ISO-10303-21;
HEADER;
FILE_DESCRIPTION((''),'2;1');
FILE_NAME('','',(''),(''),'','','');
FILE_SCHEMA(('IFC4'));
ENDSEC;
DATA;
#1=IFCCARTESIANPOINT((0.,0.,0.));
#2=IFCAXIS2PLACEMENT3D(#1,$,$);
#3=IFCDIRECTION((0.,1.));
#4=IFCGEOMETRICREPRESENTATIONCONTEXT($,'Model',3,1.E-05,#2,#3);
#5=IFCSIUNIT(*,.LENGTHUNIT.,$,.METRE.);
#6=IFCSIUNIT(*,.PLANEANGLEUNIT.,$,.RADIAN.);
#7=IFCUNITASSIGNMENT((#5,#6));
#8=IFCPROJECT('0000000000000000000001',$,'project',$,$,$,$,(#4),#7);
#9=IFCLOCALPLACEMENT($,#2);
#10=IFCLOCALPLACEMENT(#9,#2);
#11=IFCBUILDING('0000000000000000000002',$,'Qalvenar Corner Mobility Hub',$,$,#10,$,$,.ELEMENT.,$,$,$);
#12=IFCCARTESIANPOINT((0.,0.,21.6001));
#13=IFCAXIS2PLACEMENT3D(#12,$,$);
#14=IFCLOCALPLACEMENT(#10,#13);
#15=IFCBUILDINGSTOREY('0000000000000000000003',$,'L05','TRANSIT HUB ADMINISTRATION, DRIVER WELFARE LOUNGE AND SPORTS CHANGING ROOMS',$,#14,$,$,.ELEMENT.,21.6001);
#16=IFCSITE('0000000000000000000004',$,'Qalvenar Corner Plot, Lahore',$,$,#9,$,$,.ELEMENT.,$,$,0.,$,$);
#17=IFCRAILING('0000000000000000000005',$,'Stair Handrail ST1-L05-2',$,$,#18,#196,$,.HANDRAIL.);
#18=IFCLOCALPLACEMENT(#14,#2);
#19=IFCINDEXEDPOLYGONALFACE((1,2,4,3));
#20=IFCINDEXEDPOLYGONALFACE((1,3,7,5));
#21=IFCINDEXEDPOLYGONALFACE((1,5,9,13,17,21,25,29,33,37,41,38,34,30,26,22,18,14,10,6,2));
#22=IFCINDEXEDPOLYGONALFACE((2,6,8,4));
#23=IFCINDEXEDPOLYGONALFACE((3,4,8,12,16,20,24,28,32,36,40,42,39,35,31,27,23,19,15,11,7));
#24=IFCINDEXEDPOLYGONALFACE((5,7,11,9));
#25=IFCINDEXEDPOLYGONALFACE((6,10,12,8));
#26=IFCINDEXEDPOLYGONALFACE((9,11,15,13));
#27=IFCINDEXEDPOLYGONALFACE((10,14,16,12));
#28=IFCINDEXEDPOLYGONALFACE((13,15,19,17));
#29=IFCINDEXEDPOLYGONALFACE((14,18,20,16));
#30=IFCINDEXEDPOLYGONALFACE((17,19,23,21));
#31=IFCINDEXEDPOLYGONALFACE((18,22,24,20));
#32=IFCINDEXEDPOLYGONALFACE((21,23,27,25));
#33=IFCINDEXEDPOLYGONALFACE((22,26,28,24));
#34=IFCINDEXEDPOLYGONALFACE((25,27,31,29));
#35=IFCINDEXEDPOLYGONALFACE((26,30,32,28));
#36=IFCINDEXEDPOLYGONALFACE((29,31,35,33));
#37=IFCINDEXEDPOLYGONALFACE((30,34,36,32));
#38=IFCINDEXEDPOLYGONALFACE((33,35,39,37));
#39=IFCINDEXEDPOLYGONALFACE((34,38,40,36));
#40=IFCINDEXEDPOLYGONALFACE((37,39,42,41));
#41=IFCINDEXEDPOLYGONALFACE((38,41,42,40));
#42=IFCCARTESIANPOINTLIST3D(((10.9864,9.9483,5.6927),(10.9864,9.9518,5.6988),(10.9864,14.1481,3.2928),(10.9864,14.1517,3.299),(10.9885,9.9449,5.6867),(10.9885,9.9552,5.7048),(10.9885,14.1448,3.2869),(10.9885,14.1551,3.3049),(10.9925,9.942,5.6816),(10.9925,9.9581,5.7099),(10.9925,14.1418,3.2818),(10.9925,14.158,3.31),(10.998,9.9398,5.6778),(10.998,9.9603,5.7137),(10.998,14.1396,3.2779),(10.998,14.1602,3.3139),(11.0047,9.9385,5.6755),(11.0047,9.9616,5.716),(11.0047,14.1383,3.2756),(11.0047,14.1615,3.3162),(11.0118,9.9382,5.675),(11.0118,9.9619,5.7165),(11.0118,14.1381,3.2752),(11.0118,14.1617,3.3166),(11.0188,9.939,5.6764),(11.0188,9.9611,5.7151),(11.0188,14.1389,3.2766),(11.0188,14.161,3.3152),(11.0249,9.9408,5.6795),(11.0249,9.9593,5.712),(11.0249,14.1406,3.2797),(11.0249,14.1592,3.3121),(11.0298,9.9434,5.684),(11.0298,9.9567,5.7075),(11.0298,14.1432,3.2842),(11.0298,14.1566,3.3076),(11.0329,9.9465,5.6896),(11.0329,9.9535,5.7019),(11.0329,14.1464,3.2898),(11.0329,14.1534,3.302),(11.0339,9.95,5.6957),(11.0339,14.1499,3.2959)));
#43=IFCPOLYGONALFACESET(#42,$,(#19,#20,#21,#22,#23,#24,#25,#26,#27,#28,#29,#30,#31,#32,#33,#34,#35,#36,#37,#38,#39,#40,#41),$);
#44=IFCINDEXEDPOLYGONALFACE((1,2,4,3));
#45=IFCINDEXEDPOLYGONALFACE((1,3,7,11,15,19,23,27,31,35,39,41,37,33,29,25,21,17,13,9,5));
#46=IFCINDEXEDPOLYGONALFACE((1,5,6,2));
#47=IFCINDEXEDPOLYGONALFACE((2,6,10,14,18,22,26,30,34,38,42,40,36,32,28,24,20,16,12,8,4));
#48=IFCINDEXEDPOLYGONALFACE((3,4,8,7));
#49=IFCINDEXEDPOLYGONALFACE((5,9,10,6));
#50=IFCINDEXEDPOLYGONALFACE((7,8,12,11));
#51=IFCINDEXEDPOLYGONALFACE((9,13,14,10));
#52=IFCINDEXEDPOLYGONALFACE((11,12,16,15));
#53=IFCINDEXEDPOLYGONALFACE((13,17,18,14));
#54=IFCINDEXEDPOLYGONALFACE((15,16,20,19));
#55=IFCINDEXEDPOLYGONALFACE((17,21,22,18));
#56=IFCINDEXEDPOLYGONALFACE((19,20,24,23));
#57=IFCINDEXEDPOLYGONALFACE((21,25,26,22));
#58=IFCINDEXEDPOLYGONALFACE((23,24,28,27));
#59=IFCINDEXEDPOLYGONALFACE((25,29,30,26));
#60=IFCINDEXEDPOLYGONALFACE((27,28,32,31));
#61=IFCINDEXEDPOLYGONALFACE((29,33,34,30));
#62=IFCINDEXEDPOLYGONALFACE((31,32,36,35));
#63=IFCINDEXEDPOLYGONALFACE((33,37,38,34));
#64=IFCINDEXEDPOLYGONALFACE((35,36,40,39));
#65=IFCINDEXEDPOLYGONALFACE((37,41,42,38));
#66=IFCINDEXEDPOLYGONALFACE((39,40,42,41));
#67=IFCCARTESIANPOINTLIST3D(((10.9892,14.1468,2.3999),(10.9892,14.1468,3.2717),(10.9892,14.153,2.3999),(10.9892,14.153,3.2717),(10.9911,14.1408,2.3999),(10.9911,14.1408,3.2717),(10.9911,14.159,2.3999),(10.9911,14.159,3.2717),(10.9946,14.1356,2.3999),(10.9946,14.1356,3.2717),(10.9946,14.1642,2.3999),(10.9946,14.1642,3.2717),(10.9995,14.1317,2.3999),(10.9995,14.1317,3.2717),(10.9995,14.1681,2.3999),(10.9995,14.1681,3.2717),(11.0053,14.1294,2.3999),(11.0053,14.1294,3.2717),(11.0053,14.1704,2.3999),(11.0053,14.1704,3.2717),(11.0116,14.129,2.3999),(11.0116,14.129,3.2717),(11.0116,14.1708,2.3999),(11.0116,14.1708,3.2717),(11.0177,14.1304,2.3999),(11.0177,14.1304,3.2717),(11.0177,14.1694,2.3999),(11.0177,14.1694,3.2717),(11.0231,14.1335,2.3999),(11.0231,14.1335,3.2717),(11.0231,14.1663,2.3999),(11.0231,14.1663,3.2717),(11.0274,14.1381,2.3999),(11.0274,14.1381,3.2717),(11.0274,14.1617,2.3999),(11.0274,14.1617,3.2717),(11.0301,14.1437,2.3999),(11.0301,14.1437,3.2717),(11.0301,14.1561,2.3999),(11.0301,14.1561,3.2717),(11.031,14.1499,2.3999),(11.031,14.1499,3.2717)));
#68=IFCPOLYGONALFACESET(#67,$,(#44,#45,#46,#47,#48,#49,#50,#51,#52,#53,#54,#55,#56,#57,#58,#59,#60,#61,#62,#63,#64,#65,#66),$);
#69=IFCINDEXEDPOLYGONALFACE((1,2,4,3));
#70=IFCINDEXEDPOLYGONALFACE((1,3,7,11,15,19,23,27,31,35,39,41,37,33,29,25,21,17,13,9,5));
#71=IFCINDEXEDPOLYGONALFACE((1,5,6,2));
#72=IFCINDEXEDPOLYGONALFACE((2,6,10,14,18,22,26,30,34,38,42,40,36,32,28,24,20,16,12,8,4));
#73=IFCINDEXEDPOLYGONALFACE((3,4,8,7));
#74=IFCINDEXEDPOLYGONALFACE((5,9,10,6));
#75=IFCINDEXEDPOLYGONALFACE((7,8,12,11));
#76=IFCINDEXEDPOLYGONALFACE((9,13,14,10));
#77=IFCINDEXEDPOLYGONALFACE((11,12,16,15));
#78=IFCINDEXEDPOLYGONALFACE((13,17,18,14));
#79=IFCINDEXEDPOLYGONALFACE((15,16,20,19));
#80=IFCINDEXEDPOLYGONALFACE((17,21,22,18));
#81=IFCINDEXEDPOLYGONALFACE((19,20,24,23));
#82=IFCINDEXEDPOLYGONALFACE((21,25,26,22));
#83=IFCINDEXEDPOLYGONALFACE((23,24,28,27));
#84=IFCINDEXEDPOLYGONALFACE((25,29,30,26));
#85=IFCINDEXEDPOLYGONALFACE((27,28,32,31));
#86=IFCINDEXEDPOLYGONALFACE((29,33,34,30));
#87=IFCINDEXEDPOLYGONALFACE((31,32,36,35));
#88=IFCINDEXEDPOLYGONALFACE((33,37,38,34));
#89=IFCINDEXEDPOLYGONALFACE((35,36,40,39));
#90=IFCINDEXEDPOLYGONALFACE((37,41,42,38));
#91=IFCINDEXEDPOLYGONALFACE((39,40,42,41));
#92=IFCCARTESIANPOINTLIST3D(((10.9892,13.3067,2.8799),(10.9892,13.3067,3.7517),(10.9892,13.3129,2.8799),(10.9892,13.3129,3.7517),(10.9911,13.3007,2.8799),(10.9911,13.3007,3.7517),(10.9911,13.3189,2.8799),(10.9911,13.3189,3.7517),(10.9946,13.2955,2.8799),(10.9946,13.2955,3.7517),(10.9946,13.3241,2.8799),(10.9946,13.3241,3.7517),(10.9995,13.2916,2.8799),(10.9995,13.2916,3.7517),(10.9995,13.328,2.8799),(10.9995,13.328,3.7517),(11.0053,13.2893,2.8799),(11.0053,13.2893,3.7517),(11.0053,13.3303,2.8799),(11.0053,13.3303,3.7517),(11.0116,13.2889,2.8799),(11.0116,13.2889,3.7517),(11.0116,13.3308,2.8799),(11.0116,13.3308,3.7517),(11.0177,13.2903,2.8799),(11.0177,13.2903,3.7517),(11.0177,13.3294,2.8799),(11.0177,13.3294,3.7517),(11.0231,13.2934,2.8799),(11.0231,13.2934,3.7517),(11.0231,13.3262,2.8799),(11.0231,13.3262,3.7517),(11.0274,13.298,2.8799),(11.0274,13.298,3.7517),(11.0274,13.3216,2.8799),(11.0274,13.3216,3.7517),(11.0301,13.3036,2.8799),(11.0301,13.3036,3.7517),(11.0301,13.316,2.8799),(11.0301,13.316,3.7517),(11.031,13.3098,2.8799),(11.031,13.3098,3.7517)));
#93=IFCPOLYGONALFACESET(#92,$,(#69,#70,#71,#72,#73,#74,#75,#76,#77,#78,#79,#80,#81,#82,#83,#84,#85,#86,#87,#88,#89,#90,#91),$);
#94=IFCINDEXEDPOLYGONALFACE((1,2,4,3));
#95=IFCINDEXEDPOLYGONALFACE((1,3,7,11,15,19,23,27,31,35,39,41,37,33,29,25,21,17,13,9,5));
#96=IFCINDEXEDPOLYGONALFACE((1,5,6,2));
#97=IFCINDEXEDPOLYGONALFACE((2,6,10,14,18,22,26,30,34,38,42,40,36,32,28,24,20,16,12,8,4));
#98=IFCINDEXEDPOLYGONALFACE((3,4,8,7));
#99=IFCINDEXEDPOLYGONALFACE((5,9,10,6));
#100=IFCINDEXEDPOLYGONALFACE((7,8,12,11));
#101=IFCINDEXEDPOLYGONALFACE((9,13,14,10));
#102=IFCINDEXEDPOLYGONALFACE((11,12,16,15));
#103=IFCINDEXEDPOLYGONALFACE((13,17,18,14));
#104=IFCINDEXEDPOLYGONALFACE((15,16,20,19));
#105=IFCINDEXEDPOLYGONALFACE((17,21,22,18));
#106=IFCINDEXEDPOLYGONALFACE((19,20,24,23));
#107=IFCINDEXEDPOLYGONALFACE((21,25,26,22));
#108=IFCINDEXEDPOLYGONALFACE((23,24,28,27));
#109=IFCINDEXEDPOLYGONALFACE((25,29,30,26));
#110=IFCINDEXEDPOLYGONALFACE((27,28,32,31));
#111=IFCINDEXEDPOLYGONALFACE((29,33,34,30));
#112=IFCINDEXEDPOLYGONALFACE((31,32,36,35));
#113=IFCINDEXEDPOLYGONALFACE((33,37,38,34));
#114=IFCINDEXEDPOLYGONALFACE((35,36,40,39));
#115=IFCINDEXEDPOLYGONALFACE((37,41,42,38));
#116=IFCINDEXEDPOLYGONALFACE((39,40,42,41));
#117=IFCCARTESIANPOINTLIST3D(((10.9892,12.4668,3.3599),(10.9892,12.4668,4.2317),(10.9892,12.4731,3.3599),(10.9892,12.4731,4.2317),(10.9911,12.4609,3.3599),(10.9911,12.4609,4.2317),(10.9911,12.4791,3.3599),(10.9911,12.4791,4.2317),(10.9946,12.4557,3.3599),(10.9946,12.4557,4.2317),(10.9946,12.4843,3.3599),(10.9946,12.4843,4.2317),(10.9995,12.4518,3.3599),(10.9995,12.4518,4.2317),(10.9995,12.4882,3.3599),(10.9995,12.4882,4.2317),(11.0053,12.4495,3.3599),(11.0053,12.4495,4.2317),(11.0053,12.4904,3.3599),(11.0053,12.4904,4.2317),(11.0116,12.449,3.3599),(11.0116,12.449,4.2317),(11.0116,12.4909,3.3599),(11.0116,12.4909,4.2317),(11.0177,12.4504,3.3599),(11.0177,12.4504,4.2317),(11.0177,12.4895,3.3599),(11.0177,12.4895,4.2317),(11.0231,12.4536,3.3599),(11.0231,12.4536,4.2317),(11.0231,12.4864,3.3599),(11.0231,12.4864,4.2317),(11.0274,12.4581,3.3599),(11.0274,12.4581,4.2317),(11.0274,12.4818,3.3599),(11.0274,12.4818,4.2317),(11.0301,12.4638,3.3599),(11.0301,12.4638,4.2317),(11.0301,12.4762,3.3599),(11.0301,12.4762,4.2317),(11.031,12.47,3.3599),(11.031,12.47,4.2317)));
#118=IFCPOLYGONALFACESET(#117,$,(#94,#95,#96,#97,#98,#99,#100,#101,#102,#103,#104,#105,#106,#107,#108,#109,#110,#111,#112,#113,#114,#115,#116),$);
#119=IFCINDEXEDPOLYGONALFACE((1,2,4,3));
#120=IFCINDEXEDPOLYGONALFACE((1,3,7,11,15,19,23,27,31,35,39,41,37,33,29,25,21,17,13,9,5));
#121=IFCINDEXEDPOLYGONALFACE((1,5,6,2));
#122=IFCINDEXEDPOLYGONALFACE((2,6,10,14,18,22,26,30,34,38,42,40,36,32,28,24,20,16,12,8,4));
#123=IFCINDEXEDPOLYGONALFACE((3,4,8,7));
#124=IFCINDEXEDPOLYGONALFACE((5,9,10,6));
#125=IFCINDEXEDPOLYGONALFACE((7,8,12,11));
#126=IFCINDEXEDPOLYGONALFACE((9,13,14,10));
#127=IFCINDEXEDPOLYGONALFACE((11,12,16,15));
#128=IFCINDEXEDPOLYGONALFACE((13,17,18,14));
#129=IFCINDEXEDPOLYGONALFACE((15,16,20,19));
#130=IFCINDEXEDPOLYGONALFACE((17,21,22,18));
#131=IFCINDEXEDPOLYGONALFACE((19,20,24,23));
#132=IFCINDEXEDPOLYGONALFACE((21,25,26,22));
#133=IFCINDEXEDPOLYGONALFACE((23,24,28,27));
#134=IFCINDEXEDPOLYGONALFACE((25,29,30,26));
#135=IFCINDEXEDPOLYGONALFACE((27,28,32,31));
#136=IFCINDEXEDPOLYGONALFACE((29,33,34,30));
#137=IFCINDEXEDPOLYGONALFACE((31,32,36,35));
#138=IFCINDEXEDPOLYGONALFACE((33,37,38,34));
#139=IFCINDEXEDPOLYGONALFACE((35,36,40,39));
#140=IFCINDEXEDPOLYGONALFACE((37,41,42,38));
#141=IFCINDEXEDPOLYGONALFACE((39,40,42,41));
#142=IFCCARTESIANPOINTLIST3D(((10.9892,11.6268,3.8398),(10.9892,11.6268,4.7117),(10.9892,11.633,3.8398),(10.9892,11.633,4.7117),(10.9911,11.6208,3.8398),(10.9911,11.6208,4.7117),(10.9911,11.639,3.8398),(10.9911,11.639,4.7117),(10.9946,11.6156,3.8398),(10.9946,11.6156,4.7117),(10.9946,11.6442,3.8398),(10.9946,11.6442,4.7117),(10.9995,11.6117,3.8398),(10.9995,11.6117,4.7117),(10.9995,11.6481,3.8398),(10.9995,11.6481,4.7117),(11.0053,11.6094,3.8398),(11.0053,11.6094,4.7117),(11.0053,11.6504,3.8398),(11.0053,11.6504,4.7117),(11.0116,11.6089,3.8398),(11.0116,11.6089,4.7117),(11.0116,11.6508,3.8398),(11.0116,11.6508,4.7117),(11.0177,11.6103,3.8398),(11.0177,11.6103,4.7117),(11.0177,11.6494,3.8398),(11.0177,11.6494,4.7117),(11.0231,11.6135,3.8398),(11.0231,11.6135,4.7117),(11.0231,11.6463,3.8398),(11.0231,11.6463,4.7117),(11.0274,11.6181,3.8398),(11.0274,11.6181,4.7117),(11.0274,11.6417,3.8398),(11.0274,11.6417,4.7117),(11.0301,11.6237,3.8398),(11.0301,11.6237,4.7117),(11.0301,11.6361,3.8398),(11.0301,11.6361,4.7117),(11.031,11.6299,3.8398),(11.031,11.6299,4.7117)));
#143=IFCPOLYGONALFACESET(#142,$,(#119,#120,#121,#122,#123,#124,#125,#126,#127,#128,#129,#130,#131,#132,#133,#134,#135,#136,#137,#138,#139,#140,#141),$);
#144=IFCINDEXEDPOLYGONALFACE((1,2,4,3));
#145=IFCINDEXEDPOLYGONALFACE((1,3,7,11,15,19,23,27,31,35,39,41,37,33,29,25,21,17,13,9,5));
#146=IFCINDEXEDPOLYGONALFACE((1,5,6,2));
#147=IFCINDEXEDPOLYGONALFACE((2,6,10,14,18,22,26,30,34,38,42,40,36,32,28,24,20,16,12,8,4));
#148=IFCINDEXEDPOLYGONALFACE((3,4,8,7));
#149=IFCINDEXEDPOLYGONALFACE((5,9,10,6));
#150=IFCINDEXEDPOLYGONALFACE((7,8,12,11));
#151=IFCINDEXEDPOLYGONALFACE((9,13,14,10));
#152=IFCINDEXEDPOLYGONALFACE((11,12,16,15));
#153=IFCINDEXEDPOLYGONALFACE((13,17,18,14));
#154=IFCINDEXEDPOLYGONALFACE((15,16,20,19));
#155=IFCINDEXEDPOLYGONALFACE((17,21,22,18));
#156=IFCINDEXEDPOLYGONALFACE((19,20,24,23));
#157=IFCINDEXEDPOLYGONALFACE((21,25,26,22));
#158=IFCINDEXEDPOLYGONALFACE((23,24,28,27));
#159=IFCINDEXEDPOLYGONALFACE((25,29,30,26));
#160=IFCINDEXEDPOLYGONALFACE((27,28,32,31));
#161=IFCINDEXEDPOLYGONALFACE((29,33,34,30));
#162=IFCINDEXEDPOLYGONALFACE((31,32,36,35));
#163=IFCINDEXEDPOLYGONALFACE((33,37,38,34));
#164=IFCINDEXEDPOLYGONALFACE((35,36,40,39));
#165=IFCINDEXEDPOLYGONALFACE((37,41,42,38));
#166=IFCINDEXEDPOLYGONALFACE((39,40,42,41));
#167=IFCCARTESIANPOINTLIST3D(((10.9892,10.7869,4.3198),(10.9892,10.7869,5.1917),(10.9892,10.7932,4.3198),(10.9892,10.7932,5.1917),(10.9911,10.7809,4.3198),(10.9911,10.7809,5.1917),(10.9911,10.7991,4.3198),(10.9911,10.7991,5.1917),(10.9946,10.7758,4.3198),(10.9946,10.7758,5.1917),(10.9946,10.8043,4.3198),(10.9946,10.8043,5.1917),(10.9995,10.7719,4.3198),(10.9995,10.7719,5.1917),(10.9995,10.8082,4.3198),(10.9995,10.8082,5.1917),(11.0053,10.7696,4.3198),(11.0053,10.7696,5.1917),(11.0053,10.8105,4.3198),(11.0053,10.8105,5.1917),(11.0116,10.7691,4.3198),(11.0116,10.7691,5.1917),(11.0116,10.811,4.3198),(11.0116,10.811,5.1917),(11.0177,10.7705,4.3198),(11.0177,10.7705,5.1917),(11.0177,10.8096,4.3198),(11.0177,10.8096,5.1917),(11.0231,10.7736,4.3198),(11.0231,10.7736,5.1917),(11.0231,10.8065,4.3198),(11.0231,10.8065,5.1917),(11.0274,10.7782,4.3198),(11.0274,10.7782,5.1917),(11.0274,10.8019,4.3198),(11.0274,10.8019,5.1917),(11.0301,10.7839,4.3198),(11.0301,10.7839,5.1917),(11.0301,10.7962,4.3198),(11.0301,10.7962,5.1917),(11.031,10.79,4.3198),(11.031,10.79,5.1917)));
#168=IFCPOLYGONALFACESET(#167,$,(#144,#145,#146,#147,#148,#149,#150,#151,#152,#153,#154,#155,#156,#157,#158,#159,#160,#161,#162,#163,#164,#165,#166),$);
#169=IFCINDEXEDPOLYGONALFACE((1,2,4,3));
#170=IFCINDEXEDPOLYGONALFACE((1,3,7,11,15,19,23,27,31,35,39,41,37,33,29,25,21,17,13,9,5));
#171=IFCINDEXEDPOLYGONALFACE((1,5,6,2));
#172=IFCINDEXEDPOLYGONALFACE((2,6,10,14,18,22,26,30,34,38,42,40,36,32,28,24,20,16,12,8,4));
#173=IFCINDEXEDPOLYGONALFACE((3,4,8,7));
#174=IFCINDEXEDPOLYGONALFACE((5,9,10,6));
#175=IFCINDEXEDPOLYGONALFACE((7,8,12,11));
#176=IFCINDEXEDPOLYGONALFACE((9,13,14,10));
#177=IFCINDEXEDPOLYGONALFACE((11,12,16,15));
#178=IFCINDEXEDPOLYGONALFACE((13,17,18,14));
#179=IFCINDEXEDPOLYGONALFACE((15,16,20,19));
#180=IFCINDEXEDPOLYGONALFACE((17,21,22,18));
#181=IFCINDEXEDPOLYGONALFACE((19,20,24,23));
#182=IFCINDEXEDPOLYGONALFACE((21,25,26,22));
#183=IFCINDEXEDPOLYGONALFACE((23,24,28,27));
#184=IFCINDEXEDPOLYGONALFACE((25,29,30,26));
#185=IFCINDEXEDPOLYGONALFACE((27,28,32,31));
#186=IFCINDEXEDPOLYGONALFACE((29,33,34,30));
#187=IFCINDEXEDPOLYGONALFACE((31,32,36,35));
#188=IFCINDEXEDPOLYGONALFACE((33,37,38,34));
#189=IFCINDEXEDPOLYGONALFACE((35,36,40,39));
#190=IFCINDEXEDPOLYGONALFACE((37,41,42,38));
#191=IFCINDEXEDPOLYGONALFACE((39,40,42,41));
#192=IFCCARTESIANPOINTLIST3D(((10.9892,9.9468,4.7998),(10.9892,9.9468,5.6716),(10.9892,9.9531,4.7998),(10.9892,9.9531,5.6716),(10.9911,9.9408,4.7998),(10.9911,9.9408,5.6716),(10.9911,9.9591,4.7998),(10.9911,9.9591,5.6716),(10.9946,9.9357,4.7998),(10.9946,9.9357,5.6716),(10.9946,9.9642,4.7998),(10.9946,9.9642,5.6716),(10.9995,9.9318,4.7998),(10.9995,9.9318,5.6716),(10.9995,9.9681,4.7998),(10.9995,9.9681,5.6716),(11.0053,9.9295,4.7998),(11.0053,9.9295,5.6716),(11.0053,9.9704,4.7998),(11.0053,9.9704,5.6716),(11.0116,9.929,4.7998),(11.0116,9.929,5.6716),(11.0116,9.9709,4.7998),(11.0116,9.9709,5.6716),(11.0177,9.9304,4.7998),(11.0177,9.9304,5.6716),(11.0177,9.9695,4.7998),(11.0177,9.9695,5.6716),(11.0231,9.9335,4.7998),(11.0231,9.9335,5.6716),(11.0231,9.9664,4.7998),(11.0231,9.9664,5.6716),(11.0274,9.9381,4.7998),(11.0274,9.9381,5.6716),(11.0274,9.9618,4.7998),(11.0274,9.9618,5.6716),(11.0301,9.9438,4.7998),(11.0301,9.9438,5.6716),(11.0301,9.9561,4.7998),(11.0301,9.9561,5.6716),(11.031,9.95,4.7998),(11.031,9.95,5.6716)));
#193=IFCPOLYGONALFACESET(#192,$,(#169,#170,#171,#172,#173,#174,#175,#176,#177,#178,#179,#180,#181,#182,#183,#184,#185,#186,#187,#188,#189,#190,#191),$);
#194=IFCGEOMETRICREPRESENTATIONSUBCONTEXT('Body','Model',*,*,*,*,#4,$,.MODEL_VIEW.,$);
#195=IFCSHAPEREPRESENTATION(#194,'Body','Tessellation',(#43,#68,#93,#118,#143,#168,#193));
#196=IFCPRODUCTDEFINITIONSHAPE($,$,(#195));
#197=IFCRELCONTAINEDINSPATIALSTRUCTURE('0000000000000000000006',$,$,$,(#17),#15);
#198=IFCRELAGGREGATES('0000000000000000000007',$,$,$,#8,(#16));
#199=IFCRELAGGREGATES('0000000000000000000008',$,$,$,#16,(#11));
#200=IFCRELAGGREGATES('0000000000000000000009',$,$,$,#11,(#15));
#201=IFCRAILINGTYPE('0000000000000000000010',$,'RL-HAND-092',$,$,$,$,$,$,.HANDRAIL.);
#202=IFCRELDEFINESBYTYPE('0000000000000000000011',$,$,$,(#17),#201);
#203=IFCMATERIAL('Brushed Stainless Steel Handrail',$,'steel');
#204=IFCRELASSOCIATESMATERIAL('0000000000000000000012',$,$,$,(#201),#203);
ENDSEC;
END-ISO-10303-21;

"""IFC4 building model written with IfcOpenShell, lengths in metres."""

from ifc_helpers import new_model, si_unit, direction, frame, origin, origin_2d, place, context, subcontext, project, spatial, circle, extrude, material, type_object, element, save


model = new_model("IFC4")

# Units and contexts
model_context = context("Model", 3, precision=1e-05, world=origin(), true_north=direction((0.0, 1.0)))
body_context = subcontext(model_context, "Body", "Model", "MODEL_VIEW")
ifc_project = project(units=[si_unit("LENGTHUNIT", "METRE"), si_unit("PLANEANGLEUNIT", "RADIAN")], contexts=[model_context])

# Site, building, storey
site_placement = place(None, origin())
site = spatial("IfcSite", under=ifc_project, at=site_placement, Name="Qalvenar Corner Plot, Lahore", CompositionType="ELEMENT", RefElevation=0.0)
building_placement = place(site_placement, origin())
building = spatial("IfcBuilding", under=site, at=building_placement, Name="Qalvenar Corner Mobility Hub", CompositionType="ELEMENT")
storey_placement = place(building_placement, frame((0.0, 0.0, 21.6001)))
storey = spatial("IfcBuildingStorey", under=building, at=storey_placement, Name="L05", Description="TRANSIT HUB ADMINISTRATION, DRIVER WELFARE LOUNGE AND SPORTS CHANGING ROOMS", CompositionType="ELEMENT", Elevation=21.6001)

# Railing
ifc_material_1 = material(Name="Brushed Stainless Steel Handrail", Category="steel")
railing_type_1 = type_object("IfcRailingType", Name="RL-HAND-092", PredefinedType="HANDRAIL", material=ifc_material_1)
railing_1_placement = place(storey_placement, frame((11.01, 14.1499, 2.3999)))
element("IfcRailing", 1, at=railing_1_placement, inside=storey, type_object=railing_type_1, Name="Stair Handrail ST1-L05-2", PredefinedType="HANDRAIL", context=body_context, shape_type="SweptSolid", body=[
    extrude(circle(Radius=0.0239, at=origin_2d()), frame((0.0, 0.0, 0.896), z_axis=(0.0, -0.868249, 0.496128), x_axis=(1.0, 0.0, 0.0)), (0.0, 0.0, 1.0), 4.8372),
    extrude(circle(Radius=0.021, at=origin_2d()), origin(), (0.0, 0.0, 1.0), 0.8718),
    extrude(circle(Radius=0.021, at=origin_2d()), frame((0.0, -0.8401, 0.48)), (0.0, 0.0, 1.0), 0.8718),
    extrude(circle(Radius=0.021, at=origin_2d()), frame((0.0, -1.6799, 0.96)), (0.0, 0.0, 1.0), 0.8718),
    extrude(circle(Radius=0.021, at=origin_2d()), frame((0.0, -2.52, 1.4399)), (0.0, 0.0, 1.0), 0.8718),
    extrude(circle(Radius=0.021, at=origin_2d()), frame((0.0, -3.3599, 1.9199)), (0.0, 0.0, 1.0), 0.8718),
    extrude(circle(Radius=0.021, at=origin_2d()), frame((0.0, -4.2, 2.3999)), (0.0, 0.0, 1.0), 0.8718),
])

save(model, "model.ifc")
